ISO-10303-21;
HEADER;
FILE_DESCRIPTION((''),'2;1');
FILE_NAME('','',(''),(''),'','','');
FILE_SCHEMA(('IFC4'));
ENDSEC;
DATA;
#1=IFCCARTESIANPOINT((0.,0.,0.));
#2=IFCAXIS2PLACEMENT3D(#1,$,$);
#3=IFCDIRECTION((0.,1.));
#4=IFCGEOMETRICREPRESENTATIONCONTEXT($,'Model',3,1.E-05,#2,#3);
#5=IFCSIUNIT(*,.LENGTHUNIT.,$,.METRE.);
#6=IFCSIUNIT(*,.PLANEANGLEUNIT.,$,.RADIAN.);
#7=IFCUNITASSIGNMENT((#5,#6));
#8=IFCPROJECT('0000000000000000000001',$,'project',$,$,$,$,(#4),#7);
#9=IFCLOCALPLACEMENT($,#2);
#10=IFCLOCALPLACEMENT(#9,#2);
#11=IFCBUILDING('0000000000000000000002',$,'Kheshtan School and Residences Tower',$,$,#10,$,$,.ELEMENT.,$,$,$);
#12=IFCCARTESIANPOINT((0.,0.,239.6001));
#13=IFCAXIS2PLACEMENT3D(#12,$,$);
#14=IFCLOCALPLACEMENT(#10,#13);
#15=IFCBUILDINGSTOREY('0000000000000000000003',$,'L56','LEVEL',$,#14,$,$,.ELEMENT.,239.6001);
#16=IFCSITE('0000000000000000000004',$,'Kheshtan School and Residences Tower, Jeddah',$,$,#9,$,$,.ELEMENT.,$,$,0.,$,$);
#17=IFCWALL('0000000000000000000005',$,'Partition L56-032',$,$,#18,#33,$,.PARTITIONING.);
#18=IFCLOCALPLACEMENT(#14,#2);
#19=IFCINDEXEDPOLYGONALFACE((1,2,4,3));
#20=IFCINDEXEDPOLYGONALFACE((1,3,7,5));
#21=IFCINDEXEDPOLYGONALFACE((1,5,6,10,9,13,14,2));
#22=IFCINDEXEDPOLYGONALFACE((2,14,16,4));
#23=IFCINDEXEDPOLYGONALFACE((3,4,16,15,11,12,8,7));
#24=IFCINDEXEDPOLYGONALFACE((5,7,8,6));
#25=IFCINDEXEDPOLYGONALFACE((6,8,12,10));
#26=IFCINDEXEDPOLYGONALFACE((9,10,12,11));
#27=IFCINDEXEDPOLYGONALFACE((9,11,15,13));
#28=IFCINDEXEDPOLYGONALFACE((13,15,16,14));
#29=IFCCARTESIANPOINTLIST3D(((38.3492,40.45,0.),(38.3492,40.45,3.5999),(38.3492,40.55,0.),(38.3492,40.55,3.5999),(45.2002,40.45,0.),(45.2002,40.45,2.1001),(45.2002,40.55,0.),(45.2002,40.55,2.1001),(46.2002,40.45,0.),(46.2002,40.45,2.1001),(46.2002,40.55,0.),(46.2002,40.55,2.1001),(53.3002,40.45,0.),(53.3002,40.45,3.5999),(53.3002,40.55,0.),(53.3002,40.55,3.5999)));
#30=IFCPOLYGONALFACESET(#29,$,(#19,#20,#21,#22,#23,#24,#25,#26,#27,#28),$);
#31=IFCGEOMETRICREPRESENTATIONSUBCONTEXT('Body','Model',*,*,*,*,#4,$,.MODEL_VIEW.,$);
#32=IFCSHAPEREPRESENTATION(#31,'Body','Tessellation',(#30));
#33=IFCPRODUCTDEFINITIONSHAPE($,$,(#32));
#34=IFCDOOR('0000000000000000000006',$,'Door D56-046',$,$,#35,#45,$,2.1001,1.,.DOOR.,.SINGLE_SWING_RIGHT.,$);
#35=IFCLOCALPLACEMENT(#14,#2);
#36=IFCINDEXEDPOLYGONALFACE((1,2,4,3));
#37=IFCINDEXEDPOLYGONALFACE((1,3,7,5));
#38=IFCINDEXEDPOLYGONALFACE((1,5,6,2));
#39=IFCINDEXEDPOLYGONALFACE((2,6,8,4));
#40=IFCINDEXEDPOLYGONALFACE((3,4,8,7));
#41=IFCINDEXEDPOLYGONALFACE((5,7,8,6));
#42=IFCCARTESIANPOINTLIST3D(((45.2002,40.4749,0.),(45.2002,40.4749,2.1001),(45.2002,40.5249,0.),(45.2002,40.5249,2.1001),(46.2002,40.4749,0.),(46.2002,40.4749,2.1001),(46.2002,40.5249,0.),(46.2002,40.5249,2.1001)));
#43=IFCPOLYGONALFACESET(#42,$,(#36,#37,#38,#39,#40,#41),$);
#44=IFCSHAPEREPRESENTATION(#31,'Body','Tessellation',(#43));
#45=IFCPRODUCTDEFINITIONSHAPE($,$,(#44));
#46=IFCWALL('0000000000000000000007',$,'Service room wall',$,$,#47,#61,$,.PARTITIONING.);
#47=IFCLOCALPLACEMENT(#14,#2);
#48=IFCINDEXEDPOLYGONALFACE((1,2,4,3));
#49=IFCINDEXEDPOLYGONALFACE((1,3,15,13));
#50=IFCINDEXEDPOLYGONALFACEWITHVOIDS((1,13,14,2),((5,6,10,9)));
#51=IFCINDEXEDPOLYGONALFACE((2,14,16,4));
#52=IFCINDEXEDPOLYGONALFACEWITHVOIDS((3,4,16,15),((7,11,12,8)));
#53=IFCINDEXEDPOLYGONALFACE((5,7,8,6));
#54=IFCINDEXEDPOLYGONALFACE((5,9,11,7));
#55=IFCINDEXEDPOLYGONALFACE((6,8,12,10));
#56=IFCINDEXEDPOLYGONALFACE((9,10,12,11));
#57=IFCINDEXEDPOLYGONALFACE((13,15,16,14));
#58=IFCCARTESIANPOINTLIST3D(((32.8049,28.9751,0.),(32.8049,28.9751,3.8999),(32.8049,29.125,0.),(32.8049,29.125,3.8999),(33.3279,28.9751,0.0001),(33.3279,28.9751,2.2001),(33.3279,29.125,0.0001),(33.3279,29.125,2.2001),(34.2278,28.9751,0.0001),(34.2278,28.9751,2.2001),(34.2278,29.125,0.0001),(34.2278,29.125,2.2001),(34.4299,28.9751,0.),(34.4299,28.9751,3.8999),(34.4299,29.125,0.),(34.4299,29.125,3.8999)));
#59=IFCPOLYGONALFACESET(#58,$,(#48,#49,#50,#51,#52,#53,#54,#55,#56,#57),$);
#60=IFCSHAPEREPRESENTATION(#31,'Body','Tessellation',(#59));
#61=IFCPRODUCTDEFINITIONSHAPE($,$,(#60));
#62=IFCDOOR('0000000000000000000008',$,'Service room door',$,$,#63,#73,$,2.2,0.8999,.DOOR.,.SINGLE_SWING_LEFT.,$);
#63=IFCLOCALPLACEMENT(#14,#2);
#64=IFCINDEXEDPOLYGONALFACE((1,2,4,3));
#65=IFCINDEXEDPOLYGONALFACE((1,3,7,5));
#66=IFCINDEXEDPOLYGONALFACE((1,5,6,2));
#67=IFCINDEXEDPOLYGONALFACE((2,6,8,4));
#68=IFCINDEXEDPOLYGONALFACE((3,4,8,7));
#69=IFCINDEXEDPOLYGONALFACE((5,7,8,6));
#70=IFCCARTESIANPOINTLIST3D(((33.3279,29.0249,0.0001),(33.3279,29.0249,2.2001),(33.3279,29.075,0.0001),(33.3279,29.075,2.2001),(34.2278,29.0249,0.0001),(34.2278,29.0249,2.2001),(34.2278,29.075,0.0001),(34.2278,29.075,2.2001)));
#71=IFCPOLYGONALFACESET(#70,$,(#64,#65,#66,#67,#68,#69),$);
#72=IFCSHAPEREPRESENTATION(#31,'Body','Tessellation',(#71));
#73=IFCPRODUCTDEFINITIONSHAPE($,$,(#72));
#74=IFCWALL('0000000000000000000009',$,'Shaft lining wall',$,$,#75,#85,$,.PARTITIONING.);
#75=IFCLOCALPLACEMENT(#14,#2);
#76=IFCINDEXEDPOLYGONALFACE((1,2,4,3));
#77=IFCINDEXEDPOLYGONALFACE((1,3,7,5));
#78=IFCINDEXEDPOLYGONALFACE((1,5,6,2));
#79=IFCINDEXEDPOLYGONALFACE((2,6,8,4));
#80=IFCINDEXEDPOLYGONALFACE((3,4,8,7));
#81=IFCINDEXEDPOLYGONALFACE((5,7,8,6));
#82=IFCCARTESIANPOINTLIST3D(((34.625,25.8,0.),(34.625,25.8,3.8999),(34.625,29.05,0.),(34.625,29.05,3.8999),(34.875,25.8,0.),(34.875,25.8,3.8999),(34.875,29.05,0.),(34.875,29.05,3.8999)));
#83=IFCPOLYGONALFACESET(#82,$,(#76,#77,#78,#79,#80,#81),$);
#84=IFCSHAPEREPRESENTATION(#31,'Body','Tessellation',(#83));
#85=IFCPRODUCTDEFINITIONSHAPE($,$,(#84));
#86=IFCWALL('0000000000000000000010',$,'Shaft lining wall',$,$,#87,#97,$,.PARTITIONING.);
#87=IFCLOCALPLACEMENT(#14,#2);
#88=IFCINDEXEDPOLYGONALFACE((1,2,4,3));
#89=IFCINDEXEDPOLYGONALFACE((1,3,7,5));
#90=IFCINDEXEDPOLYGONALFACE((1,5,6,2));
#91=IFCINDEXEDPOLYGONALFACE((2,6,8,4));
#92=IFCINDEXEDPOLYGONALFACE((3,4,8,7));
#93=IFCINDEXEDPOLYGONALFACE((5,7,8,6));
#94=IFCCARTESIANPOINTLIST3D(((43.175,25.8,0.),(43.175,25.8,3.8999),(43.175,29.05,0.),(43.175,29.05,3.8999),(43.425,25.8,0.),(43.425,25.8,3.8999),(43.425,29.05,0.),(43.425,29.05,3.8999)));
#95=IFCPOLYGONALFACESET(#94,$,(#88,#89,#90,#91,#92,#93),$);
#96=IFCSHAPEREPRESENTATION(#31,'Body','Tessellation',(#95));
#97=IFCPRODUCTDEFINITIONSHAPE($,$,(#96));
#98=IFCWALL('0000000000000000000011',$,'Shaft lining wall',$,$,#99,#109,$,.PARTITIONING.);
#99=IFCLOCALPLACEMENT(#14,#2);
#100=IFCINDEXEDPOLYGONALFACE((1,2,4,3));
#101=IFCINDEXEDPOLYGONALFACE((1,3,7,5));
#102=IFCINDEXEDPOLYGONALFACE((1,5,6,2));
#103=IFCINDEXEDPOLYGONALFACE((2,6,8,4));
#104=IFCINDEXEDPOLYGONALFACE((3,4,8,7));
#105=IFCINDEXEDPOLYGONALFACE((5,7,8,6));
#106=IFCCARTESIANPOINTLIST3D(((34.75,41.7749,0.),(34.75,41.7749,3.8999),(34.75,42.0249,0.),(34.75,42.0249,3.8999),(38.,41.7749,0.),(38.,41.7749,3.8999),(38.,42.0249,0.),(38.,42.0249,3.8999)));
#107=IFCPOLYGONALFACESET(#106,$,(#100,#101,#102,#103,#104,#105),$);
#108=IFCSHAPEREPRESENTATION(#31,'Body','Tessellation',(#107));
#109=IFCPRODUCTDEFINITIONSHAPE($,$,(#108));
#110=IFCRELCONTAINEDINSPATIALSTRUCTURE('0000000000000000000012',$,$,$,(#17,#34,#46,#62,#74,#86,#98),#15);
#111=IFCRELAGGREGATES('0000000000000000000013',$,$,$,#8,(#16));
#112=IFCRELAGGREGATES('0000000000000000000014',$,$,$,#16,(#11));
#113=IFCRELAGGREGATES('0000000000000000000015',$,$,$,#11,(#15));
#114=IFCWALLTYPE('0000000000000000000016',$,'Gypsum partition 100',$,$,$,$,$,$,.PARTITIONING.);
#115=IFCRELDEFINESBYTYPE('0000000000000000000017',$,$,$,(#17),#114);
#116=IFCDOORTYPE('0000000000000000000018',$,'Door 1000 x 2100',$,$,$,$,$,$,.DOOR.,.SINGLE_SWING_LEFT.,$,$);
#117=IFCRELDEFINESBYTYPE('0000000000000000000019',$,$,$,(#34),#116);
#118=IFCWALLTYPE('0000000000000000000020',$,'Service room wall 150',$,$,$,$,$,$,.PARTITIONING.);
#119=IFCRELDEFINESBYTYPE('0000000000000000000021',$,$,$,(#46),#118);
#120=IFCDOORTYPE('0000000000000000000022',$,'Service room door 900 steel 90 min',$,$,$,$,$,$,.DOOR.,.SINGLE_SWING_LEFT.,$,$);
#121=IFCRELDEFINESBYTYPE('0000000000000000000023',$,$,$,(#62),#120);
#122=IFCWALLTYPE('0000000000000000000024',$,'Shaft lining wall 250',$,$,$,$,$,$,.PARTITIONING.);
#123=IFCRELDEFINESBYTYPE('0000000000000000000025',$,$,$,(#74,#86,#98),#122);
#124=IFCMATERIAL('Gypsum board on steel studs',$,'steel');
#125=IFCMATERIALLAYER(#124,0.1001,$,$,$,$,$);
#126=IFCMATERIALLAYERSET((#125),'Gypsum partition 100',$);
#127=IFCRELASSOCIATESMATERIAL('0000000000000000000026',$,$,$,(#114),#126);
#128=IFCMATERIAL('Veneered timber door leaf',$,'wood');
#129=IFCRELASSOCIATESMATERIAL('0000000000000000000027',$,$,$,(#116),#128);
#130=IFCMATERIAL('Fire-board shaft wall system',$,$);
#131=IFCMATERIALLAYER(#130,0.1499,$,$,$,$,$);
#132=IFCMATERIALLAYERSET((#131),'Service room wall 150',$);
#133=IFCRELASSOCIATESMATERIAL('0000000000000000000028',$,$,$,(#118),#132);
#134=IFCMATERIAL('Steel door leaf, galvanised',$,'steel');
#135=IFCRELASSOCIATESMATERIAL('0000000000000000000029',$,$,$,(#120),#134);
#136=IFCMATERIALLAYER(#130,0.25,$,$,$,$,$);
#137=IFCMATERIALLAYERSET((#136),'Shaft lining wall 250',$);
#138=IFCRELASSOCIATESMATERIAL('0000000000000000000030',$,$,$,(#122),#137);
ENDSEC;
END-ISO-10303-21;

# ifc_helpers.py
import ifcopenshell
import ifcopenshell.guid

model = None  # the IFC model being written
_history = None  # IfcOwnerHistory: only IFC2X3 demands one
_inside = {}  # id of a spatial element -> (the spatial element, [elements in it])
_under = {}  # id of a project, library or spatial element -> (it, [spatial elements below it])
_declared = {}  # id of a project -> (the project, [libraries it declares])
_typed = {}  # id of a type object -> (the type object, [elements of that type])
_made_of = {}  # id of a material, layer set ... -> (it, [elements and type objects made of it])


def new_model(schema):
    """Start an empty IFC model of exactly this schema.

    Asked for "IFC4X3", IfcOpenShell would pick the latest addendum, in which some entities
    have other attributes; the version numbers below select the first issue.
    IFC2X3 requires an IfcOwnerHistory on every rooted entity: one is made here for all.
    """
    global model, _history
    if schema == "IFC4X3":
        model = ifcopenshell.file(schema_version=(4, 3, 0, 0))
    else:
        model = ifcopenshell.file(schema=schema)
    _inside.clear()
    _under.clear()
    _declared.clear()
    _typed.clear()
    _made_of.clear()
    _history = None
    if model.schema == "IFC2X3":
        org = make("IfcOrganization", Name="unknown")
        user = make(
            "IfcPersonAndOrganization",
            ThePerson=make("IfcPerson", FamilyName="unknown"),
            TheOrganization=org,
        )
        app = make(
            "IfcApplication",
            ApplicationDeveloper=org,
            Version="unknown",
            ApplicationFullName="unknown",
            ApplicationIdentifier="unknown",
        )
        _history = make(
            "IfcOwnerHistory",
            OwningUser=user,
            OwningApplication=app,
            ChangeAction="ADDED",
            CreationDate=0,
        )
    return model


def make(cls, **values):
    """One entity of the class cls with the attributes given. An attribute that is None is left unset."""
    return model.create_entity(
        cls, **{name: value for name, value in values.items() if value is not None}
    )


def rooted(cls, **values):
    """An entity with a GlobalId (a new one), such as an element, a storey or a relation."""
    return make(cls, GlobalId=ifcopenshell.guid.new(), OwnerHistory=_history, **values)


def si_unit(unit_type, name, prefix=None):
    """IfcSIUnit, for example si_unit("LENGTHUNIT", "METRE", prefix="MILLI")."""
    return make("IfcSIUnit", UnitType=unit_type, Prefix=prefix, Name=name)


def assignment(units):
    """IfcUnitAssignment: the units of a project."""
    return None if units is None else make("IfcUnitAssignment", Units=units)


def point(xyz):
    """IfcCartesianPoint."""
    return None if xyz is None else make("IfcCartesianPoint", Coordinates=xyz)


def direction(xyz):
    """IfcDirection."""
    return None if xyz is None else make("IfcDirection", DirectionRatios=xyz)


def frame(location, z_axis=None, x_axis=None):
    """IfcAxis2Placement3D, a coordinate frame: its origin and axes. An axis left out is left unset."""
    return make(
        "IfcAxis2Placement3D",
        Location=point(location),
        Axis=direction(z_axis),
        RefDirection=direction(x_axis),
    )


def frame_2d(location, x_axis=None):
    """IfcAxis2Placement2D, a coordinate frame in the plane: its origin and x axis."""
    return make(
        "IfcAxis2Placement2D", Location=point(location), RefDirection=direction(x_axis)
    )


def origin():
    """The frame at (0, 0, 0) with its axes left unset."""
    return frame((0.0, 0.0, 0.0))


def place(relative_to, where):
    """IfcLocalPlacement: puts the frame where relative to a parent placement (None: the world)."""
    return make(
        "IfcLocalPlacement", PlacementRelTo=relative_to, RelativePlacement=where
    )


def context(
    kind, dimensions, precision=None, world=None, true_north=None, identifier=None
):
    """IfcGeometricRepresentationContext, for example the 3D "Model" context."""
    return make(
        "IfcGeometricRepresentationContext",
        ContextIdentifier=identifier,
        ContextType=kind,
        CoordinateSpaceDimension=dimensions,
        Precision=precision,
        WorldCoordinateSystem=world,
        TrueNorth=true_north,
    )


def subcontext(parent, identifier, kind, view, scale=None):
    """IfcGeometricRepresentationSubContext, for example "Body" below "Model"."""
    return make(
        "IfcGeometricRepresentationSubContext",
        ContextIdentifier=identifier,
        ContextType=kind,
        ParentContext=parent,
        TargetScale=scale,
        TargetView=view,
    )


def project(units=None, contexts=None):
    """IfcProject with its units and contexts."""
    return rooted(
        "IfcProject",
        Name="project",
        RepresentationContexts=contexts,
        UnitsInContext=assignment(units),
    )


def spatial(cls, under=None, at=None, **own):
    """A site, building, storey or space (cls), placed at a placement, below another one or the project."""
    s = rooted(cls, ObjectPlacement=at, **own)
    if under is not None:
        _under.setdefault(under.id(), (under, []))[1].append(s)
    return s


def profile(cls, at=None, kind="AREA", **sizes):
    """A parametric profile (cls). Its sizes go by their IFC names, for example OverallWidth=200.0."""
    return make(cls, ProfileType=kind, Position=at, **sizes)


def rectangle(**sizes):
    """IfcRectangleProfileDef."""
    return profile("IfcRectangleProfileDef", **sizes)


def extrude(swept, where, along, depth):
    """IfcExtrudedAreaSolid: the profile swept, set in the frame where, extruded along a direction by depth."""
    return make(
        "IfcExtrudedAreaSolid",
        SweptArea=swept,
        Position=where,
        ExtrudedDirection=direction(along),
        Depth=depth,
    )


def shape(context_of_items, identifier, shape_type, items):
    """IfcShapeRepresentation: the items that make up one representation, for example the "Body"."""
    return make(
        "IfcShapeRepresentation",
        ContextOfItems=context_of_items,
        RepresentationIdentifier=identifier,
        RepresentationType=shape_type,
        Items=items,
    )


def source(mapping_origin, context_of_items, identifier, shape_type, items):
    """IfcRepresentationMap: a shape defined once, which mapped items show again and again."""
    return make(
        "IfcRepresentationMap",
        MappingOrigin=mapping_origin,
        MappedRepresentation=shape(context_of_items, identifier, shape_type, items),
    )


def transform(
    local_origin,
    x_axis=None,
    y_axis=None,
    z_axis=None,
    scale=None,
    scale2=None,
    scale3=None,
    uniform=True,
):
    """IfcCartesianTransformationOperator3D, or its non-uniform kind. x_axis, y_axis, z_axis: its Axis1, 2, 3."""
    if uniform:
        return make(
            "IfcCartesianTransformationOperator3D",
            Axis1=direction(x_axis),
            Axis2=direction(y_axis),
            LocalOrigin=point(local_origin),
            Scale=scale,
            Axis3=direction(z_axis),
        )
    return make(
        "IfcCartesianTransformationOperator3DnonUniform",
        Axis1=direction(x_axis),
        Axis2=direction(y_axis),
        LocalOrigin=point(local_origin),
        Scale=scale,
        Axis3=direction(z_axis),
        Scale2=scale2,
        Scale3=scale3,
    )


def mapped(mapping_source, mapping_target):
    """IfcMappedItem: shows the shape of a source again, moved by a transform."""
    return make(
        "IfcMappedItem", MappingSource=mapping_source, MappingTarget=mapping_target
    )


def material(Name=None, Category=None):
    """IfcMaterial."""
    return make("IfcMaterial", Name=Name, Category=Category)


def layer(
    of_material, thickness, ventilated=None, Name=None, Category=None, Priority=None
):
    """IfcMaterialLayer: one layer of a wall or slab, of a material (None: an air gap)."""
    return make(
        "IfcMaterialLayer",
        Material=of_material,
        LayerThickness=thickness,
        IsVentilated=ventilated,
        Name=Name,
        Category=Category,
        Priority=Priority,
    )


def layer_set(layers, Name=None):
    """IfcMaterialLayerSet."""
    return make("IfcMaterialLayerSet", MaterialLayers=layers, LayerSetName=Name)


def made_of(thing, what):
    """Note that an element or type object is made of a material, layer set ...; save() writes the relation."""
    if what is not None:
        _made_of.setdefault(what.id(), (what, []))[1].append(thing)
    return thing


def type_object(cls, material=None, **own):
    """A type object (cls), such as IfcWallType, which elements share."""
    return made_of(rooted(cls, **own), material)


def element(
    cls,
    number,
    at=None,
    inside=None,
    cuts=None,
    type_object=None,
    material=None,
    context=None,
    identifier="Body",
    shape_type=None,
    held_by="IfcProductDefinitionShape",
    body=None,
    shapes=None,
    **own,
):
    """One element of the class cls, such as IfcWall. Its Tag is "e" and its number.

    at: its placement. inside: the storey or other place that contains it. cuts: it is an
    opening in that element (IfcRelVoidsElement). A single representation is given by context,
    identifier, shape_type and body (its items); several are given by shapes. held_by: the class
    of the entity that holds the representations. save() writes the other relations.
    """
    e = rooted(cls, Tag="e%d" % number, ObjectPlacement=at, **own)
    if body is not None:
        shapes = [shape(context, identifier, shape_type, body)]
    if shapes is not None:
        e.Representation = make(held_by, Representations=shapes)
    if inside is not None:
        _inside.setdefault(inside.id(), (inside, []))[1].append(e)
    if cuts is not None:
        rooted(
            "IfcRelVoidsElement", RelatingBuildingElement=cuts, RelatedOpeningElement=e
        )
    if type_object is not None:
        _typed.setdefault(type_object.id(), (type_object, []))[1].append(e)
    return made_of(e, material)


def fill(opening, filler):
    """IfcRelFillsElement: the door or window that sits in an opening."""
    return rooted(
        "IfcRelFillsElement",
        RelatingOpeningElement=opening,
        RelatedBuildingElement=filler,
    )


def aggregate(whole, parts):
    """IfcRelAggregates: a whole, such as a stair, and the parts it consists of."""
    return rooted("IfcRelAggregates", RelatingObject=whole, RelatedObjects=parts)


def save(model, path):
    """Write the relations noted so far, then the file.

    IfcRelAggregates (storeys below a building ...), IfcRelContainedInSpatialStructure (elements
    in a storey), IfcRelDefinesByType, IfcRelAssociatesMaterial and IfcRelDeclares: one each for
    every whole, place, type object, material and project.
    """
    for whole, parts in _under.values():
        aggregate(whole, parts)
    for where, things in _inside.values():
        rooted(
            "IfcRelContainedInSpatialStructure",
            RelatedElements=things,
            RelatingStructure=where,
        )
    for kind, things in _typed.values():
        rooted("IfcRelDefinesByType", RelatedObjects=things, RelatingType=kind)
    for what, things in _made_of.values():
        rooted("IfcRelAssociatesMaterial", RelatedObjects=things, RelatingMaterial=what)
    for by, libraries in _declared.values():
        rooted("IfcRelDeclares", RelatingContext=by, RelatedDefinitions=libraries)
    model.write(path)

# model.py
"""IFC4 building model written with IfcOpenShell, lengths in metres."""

from ifc_helpers import new_model, si_unit, direction, frame, frame_2d, origin, place, context, subcontext, project, spatial, rectangle, extrude, source, transform, mapped, material, layer, layer_set, type_object, element, fill, save


model = new_model("IFC4")

# Units and contexts
model_context = context("Model", 3, precision=1e-05, world=origin(), true_north=direction((0.0, 1.0)))
body_context = subcontext(model_context, "Body", "Model", "MODEL_VIEW")
ifc_project = project(units=[si_unit("LENGTHUNIT", "METRE"), si_unit("PLANEANGLEUNIT", "RADIAN")], contexts=[model_context])

# Site, building, storey
site_placement = place(None, origin())
site = spatial("IfcSite", under=ifc_project, at=site_placement, Name="Kheshtan School and Residences Tower, Jeddah", CompositionType="ELEMENT", RefElevation=0.0)
building_placement = place(site_placement, origin())
building = spatial("IfcBuilding", under=site, at=building_placement, Name="Kheshtan School and Residences Tower", CompositionType="ELEMENT")
storey_placement = place(building_placement, frame((0.0, 0.0, 239.6001)))
storey = spatial("IfcBuildingStorey", under=building, at=storey_placement, Name="L56", Description="LEVEL", CompositionType="ELEMENT", Elevation=239.6001)

# Shared definitions
ifc_material_1 = material(Name="Steel door leaf, galvanised", Category="steel")

# Walls, openings, doors
ifc_material_2 = material(Name="Gypsum board on steel studs", Category="steel")
ifc_layer_1 = layer(ifc_material_2, 0.1001)
ifc_layer_set_1 = layer_set([ifc_layer_1], Name="Gypsum partition 100")
wall_type_1 = type_object("IfcWallType", Name="Gypsum partition 100", PredefinedType="PARTITIONING", material=ifc_layer_set_1)
wall_1_placement = place(storey_placement, frame((38.3491, 40.5, 0.0), z_axis=(0.0, 0.0, 1.0), x_axis=(1.0, 0.0, 0.0)))
wall_1 = element("IfcWall", 1, at=wall_1_placement, inside=storey, type_object=wall_type_1, Name="Partition L56-032", PredefinedType="PARTITIONING", context=body_context, shape_type="SweptSolid", body=[
    extrude(rectangle(XDim=14.9509, YDim=0.1001, at=frame_2d((7.4756, 0.0))), origin(), (0.0, 0.0, 1.0), 3.5999),
])
opening_1_placement = place(wall_1_placement, frame((6.8511, 0.0, 0.0)))
opening_1 = element("IfcOpeningElement", 2, at=opening_1_placement, cuts=wall_1, PredefinedType="OPENING", context=body_context, shape_type="SweptSolid", body=[
    extrude(rectangle(XDim=1.0, YDim=2.1001, at=frame_2d((0.5, 1.05))), frame((0.0, 0.0601, 0.0), z_axis=(0.0, -1.0, 0.0), x_axis=(1.0, 0.0, 0.0)), (0.0, 0.0, 1.0), 0.1201),
])
ifc_material_3 = material(Name="Veneered timber door leaf", Category="wood")
door_type_1 = type_object("IfcDoorType", Name="Door 1000 x 2100", OperationType="SINGLE_SWING_LEFT", PredefinedType="DOOR", material=ifc_material_3)
shared_shape_1 = source(origin(), body_context, "Body", "SweptSolid", [
    extrude(rectangle(XDim=1.0, YDim=2.1001, at=frame_2d((0.5, 1.05))), frame((0.0, 0.0249, 0.0), z_axis=(0.0, -1.0, 0.0), x_axis=(1.0, 0.0, 0.0)), (0.0, 0.0, 1.0), 0.05),
])
door_1_placement = place(opening_1_placement, origin())
door_1 = element("IfcDoor", 3, at=door_1_placement, inside=storey, type_object=door_type_1, Name="Door D56-046", OperationType="SINGLE_SWING_RIGHT", OverallHeight=2.1001, OverallWidth=1.0, PredefinedType="DOOR", context=body_context, shape_type="MappedRepresentation", body=[
    mapped(shared_shape_1, transform((0.0, 0.0, 0.0), x_axis=(1.0, 0.0, 0.0), y_axis=(0.0, 1.0, 0.0), z_axis=(0.0, 0.0, 1.0), scale=1.0)),
])
fill(opening_1, door_1)
ifc_material_4 = material(Name="Fire-board shaft wall system")
ifc_layer_2 = layer(ifc_material_4, 0.1499)
ifc_layer_set_2 = layer_set([ifc_layer_2], Name="Service room wall 150")
wall_type_2 = type_object("IfcWallType", Name="Service room wall 150", PredefinedType="PARTITIONING", material=ifc_layer_set_2)
wall_2_placement = place(storey_placement, frame((32.8049, 29.05, 0.0), z_axis=(0.0, 0.0, 1.0), x_axis=(1.0, 0.0, 0.0)))
wall_2 = element("IfcWall", 4, at=wall_2_placement, inside=storey, type_object=wall_type_2, Name="Service room wall", PredefinedType="PARTITIONING", context=body_context, shape_type="SweptSolid", body=[
    extrude(rectangle(XDim=1.625, YDim=0.1499, at=frame_2d((0.8125, 0.0))), origin(), (0.0, 0.0, 1.0), 3.8999),
])
opening_2_placement = place(wall_2_placement, frame((0.5229, 0.0, 0.0)))
opening_2 = element("IfcOpeningElement", 5, at=opening_2_placement, cuts=wall_2, PredefinedType="OPENING", context=body_context, shape_type="SweptSolid", body=[
    extrude(rectangle(XDim=0.8999, YDim=2.2, at=frame_2d((0.45, 1.1001))), frame((0.0, 0.085, 0.0), z_axis=(0.0, -1.0, 0.0), x_axis=(1.0, 0.0, 0.0)), (0.0, 0.0, 1.0), 0.1699),
])
door_type_2 = type_object("IfcDoorType", Name="Service room door 900 steel 90 min", OperationType="SINGLE_SWING_LEFT", PredefinedType="DOOR", material=ifc_material_1)
shared_shape_2 = source(origin(), body_context, "Body", "SweptSolid", [
    extrude(rectangle(XDim=0.8999, YDim=2.2, at=frame_2d((0.45, 1.1001))), frame((0.0, 0.0249, 0.0), z_axis=(0.0, -1.0, 0.0), x_axis=(1.0, 0.0, 0.0)), (0.0, 0.0, 1.0), 0.05),
])
door_2_placement = place(opening_2_placement, origin())
door_2 = element("IfcDoor", 6, at=door_2_placement, inside=storey, type_object=door_type_2, Name="Service room door", OperationType="SINGLE_SWING_LEFT", OverallHeight=2.2, OverallWidth=0.8999, PredefinedType="DOOR", context=body_context, shape_type="MappedRepresentation", body=[
    mapped(shared_shape_2, transform((0.0, 0.0, 0.0), x_axis=(1.0, 0.0, 0.0), y_axis=(0.0, 1.0, 0.0), z_axis=(0.0, 0.0, 1.0), scale=1.0)),
])
fill(opening_2, door_2)

# Walls
ifc_layer_3 = layer(ifc_material_4, 0.25)
ifc_layer_set_3 = layer_set([ifc_layer_3], Name="Shaft lining wall 250")
wall_type_3 = type_object("IfcWallType", Name="Shaft lining wall 250", PredefinedType="PARTITIONING", material=ifc_layer_set_3)
for number, where, z_axis, x_axis, name in (
    (7, (34.75, 25.8, 0.0), (0.0, 0.0, 1.0), (0.0, 1.0, 0.0), "Shaft lining wall"),
    (8, (43.3, 25.8, 0.0), (0.0, 0.0, 1.0), (0.0, 1.0, 0.0), "Shaft lining wall"),
    (9, (34.75, 41.8999, 0.0), (0.0, 0.0, 1.0), (1.0, 0.0, 0.0), "Shaft lining wall"),
):
    element("IfcWall", number, at=place(storey_placement, frame(where, z_axis=z_axis, x_axis=x_axis)), inside=storey, type_object=wall_type_3, Name=name, PredefinedType="PARTITIONING", context=body_context, shape_type="SweptSolid", body=[
        extrude(rectangle(XDim=3.25, YDim=0.25, at=frame_2d((1.625, 0.0))), origin(), (0.0, 0.0, 1.0), 3.8999),
    ])

save(model, "model.ifc")
